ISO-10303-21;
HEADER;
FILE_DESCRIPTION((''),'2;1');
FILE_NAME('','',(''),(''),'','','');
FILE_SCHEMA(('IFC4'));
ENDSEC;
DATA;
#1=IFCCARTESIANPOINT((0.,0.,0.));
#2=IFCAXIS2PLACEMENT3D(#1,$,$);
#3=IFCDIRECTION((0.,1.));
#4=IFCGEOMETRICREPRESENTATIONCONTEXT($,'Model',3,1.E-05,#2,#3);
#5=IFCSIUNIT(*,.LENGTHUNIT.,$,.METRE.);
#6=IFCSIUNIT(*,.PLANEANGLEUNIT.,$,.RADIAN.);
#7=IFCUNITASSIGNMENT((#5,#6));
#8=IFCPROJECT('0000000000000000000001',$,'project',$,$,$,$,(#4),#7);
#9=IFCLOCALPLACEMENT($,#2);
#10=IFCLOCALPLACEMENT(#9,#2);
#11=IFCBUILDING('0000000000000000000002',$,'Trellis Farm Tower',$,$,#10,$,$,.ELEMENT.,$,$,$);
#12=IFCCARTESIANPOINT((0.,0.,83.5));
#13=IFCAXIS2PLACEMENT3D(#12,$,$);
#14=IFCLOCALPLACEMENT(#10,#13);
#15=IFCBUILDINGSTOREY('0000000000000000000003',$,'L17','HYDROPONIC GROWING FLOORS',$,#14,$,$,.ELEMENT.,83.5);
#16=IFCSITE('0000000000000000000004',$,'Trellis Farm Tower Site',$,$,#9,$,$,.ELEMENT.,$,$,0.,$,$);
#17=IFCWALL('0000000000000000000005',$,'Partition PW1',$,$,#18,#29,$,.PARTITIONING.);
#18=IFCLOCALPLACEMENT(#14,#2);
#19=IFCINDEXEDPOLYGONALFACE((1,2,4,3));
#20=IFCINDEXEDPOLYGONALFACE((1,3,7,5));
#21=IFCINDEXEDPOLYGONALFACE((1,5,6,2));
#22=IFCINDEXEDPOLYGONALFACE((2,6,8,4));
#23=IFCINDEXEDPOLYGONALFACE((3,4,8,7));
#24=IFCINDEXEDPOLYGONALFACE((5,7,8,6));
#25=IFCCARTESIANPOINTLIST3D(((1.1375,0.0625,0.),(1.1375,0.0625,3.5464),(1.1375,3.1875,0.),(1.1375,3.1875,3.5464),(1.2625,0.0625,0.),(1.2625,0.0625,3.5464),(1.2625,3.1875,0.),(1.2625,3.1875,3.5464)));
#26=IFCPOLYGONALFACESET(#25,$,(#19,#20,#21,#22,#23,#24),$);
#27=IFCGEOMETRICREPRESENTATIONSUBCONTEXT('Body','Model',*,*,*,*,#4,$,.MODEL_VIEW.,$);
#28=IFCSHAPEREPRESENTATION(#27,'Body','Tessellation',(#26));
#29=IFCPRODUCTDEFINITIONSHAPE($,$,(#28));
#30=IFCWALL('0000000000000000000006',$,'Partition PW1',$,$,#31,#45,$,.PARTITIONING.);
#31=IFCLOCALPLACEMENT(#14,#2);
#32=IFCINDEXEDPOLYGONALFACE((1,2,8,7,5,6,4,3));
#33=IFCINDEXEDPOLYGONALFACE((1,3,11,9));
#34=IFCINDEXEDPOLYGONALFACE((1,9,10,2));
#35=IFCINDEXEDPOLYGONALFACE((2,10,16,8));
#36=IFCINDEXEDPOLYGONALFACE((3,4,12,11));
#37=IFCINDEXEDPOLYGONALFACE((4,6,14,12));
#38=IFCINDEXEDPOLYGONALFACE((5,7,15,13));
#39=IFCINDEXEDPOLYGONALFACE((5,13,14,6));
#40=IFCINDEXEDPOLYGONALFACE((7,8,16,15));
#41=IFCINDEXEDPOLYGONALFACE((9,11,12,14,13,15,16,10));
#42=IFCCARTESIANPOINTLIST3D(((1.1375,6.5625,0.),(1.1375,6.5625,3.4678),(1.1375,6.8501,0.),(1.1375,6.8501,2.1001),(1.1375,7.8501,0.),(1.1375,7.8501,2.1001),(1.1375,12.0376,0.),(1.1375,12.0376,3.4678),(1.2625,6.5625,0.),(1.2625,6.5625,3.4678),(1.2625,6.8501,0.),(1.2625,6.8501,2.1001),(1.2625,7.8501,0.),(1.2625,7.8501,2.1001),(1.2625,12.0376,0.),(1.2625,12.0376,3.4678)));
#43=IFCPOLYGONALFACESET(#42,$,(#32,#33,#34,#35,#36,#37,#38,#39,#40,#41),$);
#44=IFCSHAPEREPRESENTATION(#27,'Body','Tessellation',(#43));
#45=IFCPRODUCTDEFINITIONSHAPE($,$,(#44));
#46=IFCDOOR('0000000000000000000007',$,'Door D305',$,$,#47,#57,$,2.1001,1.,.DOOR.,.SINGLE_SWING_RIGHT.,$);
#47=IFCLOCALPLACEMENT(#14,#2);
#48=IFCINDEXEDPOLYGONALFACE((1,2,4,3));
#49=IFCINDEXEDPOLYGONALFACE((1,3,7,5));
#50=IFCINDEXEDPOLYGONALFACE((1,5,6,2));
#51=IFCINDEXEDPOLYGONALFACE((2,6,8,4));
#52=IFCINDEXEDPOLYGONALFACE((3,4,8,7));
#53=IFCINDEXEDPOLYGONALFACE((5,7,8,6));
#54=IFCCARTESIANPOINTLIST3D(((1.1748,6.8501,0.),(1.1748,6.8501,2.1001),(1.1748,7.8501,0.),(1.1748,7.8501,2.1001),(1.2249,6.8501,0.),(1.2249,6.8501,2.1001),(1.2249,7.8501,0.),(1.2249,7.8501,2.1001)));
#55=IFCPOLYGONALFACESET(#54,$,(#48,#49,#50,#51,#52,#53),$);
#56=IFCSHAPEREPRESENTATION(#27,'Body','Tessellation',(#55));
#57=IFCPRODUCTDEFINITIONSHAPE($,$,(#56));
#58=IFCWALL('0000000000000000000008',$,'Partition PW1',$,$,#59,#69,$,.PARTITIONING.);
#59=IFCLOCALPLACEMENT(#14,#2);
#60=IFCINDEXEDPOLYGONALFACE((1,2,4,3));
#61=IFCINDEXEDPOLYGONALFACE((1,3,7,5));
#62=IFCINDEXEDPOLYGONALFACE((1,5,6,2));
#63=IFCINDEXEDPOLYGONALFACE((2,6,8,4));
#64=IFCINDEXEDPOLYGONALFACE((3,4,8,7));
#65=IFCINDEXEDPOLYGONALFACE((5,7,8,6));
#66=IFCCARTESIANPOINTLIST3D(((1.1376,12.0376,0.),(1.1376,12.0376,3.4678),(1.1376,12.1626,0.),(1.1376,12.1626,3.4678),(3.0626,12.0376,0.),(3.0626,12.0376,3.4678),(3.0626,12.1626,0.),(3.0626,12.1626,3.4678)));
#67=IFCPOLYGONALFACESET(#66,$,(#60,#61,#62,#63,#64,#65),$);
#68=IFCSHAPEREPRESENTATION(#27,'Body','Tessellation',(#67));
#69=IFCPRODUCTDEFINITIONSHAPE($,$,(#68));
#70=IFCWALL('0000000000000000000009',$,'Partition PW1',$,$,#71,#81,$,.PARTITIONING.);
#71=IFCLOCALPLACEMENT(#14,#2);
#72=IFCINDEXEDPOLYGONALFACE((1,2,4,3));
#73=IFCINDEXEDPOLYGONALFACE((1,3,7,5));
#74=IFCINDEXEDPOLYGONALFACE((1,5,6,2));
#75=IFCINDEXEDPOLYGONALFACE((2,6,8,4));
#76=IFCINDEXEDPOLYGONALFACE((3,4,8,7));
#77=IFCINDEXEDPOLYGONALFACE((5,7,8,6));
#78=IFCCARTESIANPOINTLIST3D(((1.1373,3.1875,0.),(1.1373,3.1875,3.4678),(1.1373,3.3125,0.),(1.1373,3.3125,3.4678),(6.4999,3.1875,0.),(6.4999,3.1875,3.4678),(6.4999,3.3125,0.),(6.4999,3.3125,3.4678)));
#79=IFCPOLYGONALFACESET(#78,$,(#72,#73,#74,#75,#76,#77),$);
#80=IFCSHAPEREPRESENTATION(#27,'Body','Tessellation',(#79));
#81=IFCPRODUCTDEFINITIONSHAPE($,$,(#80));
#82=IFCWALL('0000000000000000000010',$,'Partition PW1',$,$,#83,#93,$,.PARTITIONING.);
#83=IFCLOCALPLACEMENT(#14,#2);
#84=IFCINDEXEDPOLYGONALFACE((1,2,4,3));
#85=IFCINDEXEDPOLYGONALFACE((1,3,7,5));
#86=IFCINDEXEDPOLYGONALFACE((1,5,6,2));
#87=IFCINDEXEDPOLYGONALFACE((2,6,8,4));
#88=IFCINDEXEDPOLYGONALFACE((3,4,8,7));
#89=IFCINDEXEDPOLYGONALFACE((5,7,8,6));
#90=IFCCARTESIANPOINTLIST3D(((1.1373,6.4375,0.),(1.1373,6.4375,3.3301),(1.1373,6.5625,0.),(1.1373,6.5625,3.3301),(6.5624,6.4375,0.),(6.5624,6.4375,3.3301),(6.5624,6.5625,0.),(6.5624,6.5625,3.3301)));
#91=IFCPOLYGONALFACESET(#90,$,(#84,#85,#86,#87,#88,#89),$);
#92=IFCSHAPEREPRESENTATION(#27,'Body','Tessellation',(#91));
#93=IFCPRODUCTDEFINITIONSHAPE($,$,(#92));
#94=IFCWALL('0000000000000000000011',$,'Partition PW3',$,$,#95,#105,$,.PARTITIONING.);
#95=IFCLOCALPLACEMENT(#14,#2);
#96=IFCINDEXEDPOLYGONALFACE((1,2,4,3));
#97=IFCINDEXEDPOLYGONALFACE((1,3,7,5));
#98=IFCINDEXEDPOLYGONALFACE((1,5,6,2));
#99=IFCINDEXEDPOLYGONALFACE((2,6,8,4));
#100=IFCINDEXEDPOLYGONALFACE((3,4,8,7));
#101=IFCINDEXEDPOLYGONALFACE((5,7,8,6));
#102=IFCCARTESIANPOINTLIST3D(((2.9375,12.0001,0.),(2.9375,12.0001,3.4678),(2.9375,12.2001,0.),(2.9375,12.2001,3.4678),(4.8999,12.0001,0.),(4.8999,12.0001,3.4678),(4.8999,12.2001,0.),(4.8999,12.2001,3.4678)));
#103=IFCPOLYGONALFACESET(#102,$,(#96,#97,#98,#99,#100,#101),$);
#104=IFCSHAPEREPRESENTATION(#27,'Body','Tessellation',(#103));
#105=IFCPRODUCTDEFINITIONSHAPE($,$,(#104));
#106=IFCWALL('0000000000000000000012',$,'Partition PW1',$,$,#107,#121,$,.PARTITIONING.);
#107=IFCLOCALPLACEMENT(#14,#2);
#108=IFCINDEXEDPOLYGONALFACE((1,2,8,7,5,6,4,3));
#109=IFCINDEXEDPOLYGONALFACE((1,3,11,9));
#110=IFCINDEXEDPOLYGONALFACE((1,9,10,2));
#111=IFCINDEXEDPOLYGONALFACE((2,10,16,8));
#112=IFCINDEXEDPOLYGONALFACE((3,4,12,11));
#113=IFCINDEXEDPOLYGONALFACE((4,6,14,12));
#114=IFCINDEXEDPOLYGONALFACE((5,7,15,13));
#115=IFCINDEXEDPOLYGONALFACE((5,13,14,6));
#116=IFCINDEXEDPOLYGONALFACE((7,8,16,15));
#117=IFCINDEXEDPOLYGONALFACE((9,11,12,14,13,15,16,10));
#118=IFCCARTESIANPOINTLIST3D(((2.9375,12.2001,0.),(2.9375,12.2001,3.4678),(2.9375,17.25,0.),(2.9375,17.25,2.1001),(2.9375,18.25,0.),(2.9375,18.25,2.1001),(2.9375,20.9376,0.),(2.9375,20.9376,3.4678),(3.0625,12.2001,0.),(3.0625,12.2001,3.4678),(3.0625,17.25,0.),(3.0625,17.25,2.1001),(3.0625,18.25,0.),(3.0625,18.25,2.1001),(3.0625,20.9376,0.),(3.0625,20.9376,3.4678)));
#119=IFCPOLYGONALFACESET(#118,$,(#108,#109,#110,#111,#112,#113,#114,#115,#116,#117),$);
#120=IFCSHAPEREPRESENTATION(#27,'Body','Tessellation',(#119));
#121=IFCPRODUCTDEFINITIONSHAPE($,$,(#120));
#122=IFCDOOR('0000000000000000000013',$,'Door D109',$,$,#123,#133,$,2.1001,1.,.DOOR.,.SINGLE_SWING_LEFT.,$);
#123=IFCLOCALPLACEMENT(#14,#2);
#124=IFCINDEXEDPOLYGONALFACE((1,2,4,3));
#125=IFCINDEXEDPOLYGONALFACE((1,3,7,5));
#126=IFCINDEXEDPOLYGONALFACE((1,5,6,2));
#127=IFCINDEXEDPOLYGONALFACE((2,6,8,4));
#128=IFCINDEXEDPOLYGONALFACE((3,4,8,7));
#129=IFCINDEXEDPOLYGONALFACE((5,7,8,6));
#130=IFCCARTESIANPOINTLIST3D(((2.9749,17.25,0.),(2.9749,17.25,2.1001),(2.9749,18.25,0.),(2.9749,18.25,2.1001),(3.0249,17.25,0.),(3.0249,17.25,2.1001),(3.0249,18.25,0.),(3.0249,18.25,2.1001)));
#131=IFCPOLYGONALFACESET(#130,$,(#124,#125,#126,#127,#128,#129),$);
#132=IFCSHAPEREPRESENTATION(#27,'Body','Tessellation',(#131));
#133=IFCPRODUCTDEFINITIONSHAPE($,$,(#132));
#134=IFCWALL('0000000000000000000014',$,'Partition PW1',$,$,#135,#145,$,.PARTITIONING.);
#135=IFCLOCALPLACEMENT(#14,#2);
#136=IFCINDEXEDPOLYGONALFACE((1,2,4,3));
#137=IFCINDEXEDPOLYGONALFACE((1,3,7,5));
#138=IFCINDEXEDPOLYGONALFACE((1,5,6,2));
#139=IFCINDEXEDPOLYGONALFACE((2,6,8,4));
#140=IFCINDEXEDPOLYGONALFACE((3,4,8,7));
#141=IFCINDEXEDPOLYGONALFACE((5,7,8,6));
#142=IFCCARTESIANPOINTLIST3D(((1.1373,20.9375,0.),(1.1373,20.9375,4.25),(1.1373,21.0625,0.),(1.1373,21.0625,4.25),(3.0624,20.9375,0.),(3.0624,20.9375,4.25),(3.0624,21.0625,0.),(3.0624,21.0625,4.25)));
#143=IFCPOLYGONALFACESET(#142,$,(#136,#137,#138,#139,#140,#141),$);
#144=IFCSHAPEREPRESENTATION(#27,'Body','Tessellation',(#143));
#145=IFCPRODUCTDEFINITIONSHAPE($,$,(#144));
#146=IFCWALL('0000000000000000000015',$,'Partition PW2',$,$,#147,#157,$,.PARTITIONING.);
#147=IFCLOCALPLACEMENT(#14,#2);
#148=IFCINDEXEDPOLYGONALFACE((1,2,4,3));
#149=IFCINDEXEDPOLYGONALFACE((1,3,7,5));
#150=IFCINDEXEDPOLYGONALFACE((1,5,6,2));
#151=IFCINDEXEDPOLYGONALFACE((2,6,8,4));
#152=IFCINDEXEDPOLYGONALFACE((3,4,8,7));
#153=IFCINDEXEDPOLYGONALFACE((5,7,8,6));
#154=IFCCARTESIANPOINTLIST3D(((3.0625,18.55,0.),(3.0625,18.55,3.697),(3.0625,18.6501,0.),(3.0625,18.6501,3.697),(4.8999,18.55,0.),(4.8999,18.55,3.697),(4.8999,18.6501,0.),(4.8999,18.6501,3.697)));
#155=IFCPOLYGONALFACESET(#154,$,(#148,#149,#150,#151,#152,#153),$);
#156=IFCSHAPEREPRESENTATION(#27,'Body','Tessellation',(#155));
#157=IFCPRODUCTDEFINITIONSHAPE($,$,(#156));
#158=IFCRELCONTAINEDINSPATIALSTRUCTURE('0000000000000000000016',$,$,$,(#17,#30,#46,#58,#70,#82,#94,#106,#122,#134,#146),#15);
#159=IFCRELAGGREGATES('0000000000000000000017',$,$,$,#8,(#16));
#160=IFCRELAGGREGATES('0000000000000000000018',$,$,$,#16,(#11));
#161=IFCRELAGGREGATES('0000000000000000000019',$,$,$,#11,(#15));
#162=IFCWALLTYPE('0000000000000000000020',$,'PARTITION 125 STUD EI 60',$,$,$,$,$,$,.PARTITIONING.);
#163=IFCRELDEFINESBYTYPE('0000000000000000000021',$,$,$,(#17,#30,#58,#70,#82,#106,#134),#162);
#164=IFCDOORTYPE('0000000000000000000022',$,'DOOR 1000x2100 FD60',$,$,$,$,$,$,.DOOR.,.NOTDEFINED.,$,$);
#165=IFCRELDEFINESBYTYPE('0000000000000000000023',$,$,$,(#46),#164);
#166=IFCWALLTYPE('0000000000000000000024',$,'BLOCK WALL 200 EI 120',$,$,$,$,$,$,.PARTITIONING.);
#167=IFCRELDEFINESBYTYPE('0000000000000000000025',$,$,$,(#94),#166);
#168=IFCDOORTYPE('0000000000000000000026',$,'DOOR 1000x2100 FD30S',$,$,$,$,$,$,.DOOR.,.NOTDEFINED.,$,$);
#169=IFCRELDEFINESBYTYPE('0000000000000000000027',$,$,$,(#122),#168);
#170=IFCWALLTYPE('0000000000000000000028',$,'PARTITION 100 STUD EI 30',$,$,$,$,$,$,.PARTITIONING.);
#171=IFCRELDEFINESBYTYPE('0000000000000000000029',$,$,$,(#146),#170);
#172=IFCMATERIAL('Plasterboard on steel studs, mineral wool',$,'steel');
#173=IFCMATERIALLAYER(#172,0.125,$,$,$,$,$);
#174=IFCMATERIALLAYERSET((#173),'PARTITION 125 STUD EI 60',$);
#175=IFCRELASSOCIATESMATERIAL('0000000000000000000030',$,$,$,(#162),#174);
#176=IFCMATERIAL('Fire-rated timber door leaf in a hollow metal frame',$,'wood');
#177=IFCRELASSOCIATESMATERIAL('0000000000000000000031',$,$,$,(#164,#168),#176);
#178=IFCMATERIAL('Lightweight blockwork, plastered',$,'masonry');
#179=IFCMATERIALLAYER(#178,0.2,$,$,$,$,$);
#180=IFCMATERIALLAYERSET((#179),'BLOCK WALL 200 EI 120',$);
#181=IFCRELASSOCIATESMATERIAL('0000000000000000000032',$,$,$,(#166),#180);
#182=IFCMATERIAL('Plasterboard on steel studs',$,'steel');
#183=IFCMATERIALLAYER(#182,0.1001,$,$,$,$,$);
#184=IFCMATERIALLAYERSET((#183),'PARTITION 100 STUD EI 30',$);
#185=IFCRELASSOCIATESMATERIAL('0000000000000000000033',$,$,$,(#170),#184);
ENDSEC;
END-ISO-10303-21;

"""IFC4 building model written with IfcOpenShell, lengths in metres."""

from ifc_helpers import new_model, si_unit, direction, frame, frame_2d, origin, place, context, subcontext, project, spatial, rectangle, extrude, source, transform, mapped, material, layer, layer_set, type_object, element, fill, save


model = new_model("IFC4")

# Units and contexts
model_context = context("Model", 3, precision=1e-05, world=origin(), true_north=direction((0.0, 1.0)))
body_context = subcontext(model_context, "Body", "Model", "MODEL_VIEW")
ifc_project = project(units=[si_unit("LENGTHUNIT", "METRE"), si_unit("PLANEANGLEUNIT", "RADIAN")], contexts=[model_context])

# Site, building, storey
site_placement = place(None, origin())
site = spatial("IfcSite", under=ifc_project, at=site_placement, Name="Trellis Farm Tower Site", CompositionType="ELEMENT", RefElevation=0.0)
building_placement = place(site_placement, origin())
building = spatial("IfcBuilding", under=site, at=building_placement, Name="Trellis Farm Tower", CompositionType="ELEMENT")
storey_placement = place(building_placement, frame((0.0, 0.0, 83.5)))
storey = spatial("IfcBuildingStorey", under=building, at=storey_placement, Name="L17", Description="HYDROPONIC GROWING FLOORS", CompositionType="ELEMENT", Elevation=83.5)

# Wall
ifc_material_1 = material(Name="Plasterboard on steel studs, mineral wool", Category="steel")
ifc_layer_1 = layer(ifc_material_1, 0.125)
ifc_layer_set_1 = layer_set([ifc_layer_1], Name="PARTITION 125 STUD EI 60")
wall_type_1 = type_object("IfcWallType", Name="PARTITION 125 STUD EI 60", PredefinedType="PARTITIONING", material=ifc_layer_set_1)
shared_shape_1 = source(origin(), body_context, "Body", "SweptSolid", [
    extrude(rectangle(XDim=3.125, YDim=0.125, at=frame_2d((1.5625, 0.0))), origin(), (0.0, 0.0, 1.0), 3.5464),
])
wall_1_placement = place(storey_placement, frame((1.2, 3.1875, 0.0), z_axis=(0.0, 0.0, 1.0), x_axis=(0.0, -1.0, 0.0)))
element("IfcWall", 1, at=wall_1_placement, inside=storey, type_object=wall_type_1, Name="Partition PW1", PredefinedType="PARTITIONING", context=body_context, shape_type="MappedRepresentation", body=[
    mapped(shared_shape_1, transform((0.0, 0.0, 0.0))),
])

# Wall, opening, door
shared_shape_2 = source(origin(), body_context, "Body", "SweptSolid", [
    extrude(rectangle(XDim=5.4751, YDim=0.125, at=frame_2d((2.7375, 0.0))), origin(), (0.0, 0.0, 1.0), 3.4678),
])
wall_2_placement = place(storey_placement, frame((1.2, 12.0376, 0.0), z_axis=(0.0, 0.0, 1.0), x_axis=(0.0, -1.0, 0.0)))
wall_2 = element("IfcWall", 2, at=wall_2_placement, inside=storey, type_object=wall_type_1, Name="Partition PW1", PredefinedType="PARTITIONING", context=body_context, shape_type="MappedRepresentation", body=[
    mapped(shared_shape_2, transform((0.0, 0.0, 0.0))),
])
shared_shape_3 = source(origin(), body_context, "Body", "SweptSolid", [
    extrude(rectangle(XDim=1.0, YDim=2.1001, at=frame_2d((0.5, 1.05))), frame((0.0, 0.0725, 0.0), z_axis=(0.0, -1.0, 0.0), x_axis=(1.0, 0.0, 0.0)), (0.0, 0.0, 1.0), 0.145),
])
opening_1_placement = place(wall_2_placement, frame((4.1875, 0.0, 0.0)))
opening_1 = element("IfcOpeningElement", 3, at=opening_1_placement, cuts=wall_2, PredefinedType="OPENING", context=body_context, shape_type="MappedRepresentation", body=[
    mapped(shared_shape_3, transform((0.0, 0.0, 0.0))),
])
ifc_material_2 = material(Name="Fire-rated timber door leaf in a hollow metal frame", Category="wood")
door_type_1 = type_object("IfcDoorType", Name="DOOR 1000x2100 FD60", OperationType="NOTDEFINED", PredefinedType="DOOR", material=ifc_material_2)
shared_shape_4 = source(origin(), body_context, "Body", "SweptSolid", [
    extrude(rectangle(XDim=1.0, YDim=2.1001, at=frame_2d((0.5, 1.05))), frame((0.0, 0.0249, 0.0), z_axis=(0.0, -1.0, 0.0), x_axis=(1.0, 0.0, 0.0)), (0.0, 0.0, 1.0), 0.05),
])
door_1_placement = place(opening_1_placement, origin())
door_1 = element("IfcDoor", 4, at=door_1_placement, inside=storey, type_object=door_type_1, Name="Door D305", OperationType="SINGLE_SWING_RIGHT", OverallHeight=2.1001, OverallWidth=1.0, PredefinedType="DOOR", context=body_context, shape_type="MappedRepresentation", body=[
    mapped(shared_shape_4, transform((0.0, 0.0, 0.0))),
])
fill(opening_1, door_1)

# Walls
shared_shape_5 = source(origin(), body_context, "Body", "SweptSolid", [
    extrude(rectangle(XDim=1.925, YDim=0.125, at=frame_2d((0.9624, 0.0))), origin(), (0.0, 0.0, 1.0), 3.4678),
])
wall_3_placement = place(storey_placement, frame((3.0625, 12.1001, 0.0), z_axis=(0.0, 0.0, 1.0), x_axis=(-1.0, 0.0, 0.0)))
element("IfcWall", 5, at=wall_3_placement, inside=storey, type_object=wall_type_1, Name="Partition PW1", PredefinedType="PARTITIONING", context=body_context, shape_type="MappedRepresentation", body=[
    mapped(shared_shape_5, transform((0.0, 0.0, 0.0))),
])
shared_shape_6 = source(origin(), body_context, "Body", "SweptSolid", [
    extrude(rectangle(XDim=5.3625, YDim=0.125, at=frame_2d((2.6812, 0.0))), origin(), (0.0, 0.0, 1.0), 3.4678),
])
wall_4_placement = place(storey_placement, frame((1.1375, 3.25, 0.0), z_axis=(0.0, 0.0, 1.0), x_axis=(1.0, 0.0, 0.0)))
element("IfcWall", 6, at=wall_4_placement, inside=storey, type_object=wall_type_1, Name="Partition PW1", PredefinedType="PARTITIONING", context=body_context, shape_type="MappedRepresentation", body=[
    mapped(shared_shape_6, transform((0.0, 0.0, 0.0))),
])
shared_shape_7 = source(origin(), body_context, "Body", "SweptSolid", [
    extrude(rectangle(XDim=5.425, YDim=0.125, at=frame_2d((2.7124, 0.0))), origin(), (0.0, 0.0, 1.0), 3.3301),
])
wall_5_placement = place(storey_placement, frame((1.1375, 6.5, 0.0), z_axis=(0.0, 0.0, 1.0), x_axis=(1.0, 0.0, 0.0)))
element("IfcWall", 7, at=wall_5_placement, inside=storey, type_object=wall_type_1, Name="Partition PW1", PredefinedType="PARTITIONING", context=body_context, shape_type="MappedRepresentation", body=[
    mapped(shared_shape_7, transform((0.0, 0.0, 0.0))),
])
ifc_material_3 = material(Name="Lightweight blockwork, plastered", Category="masonry")
ifc_layer_2 = layer(ifc_material_3, 0.2)
ifc_layer_set_2 = layer_set([ifc_layer_2], Name="BLOCK WALL 200 EI 120")
wall_type_2 = type_object("IfcWallType", Name="BLOCK WALL 200 EI 120", PredefinedType="PARTITIONING", material=ifc_layer_set_2)
shared_shape_8 = source(origin(), body_context, "Body", "SweptSolid", [
    extrude(rectangle(XDim=1.9624, YDim=0.2, at=frame_2d((0.9812, 0.0))), origin(), (0.0, 0.0, 1.0), 3.4678),
])
wall_6_placement = place(storey_placement, frame((2.9375, 12.1001, 0.0), z_axis=(0.0, 0.0, 1.0), x_axis=(1.0, 0.0, 0.0)))
element("IfcWall", 8, at=wall_6_placement, inside=storey, type_object=wall_type_2, Name="Partition PW3", PredefinedType="PARTITIONING", context=body_context, shape_type="MappedRepresentation", body=[
    mapped(shared_shape_8, transform((0.0, 0.0, 0.0))),
])

# Wall, opening, door
shared_shape_9 = source(origin(), body_context, "Body", "SweptSolid", [
    extrude(rectangle(XDim=8.7375, YDim=0.125, at=frame_2d((4.3687, 0.0))), origin(), (0.0, 0.0, 1.0), 3.4678),
])
wall_7_placement = place(storey_placement, frame((3.0, 20.9375, 0.0), z_axis=(0.0, 0.0, 1.0), x_axis=(0.0, -1.0, 0.0)))
wall_7 = element("IfcWall", 9, at=wall_7_placement, inside=storey, type_object=wall_type_1, Name="Partition PW1", PredefinedType="PARTITIONING", context=body_context, shape_type="MappedRepresentation", body=[
    mapped(shared_shape_9, transform((0.0, 0.0, 0.0))),
])
opening_2_placement = place(wall_7_placement, frame((2.6875, 0.0, 0.0)))
opening_2 = element("IfcOpeningElement", 10, at=opening_2_placement, cuts=wall_7, PredefinedType="OPENING", context=body_context, shape_type="MappedRepresentation", body=[
    mapped(shared_shape_3, transform((0.0, 0.0, 0.0))),
])
door_type_2 = type_object("IfcDoorType", Name="DOOR 1000x2100 FD30S", OperationType="NOTDEFINED", PredefinedType="DOOR", material=ifc_material_2)
door_2_placement = place(opening_2_placement, origin())
door_2 = element("IfcDoor", 11, at=door_2_placement, inside=storey, type_object=door_type_2, Name="Door D109", OperationType="SINGLE_SWING_LEFT", OverallHeight=2.1001, OverallWidth=1.0, PredefinedType="DOOR", context=body_context, shape_type="MappedRepresentation", body=[
    mapped(shared_shape_4, transform((0.0, 0.0, 0.0))),
])
fill(opening_2, door_2)

# Walls
shared_shape_10 = source(origin(), body_context, "Body", "SweptSolid", [
    extrude(rectangle(XDim=1.925, YDim=0.125, at=frame_2d((0.9624, 0.0))), origin(), (0.0, 0.0, 1.0), 4.25),
])
wall_8_placement = place(storey_placement, frame((1.1375, 21.0, 0.0), z_axis=(0.0, 0.0, 1.0), x_axis=(1.0, 0.0, 0.0)))
element("IfcWall", 12, at=wall_8_placement, inside=storey, type_object=wall_type_1, Name="Partition PW1", PredefinedType="PARTITIONING", context=body_context, shape_type="MappedRepresentation", body=[
    mapped(shared_shape_10, transform((0.0, 0.0, 0.0))),
])
ifc_material_4 = material(Name="Plasterboard on steel studs", Category="steel")
ifc_layer_3 = layer(ifc_material_4, 0.1001)
ifc_layer_set_3 = layer_set([ifc_layer_3], Name="PARTITION 100 STUD EI 30")
wall_type_3 = type_object("IfcWallType", Name="PARTITION 100 STUD EI 30", PredefinedType="PARTITIONING", material=ifc_layer_set_3)
shared_shape_11 = source(origin(), body_context, "Body", "SweptSolid", [
    extrude(rectangle(XDim=1.8374, YDim=0.1001, at=frame_2d((0.9187, 0.0))), origin(), (0.0, 0.0, 1.0), 3.697),
])
wall_9_placement = place(storey_placement, frame((3.0625, 18.6001, 0.0), z_axis=(0.0, 0.0, 1.0), x_axis=(1.0, 0.0, 0.0)))
element("IfcWall", 13, at=wall_9_placement, inside=storey, type_object=wall_type_3, Name="Partition PW2", PredefinedType="PARTITIONING", context=body_context, shape_type="MappedRepresentation", body=[
    mapped(shared_shape_11, transform((0.0, 0.0, 0.0))),
])

save(model, "model.ifc")
